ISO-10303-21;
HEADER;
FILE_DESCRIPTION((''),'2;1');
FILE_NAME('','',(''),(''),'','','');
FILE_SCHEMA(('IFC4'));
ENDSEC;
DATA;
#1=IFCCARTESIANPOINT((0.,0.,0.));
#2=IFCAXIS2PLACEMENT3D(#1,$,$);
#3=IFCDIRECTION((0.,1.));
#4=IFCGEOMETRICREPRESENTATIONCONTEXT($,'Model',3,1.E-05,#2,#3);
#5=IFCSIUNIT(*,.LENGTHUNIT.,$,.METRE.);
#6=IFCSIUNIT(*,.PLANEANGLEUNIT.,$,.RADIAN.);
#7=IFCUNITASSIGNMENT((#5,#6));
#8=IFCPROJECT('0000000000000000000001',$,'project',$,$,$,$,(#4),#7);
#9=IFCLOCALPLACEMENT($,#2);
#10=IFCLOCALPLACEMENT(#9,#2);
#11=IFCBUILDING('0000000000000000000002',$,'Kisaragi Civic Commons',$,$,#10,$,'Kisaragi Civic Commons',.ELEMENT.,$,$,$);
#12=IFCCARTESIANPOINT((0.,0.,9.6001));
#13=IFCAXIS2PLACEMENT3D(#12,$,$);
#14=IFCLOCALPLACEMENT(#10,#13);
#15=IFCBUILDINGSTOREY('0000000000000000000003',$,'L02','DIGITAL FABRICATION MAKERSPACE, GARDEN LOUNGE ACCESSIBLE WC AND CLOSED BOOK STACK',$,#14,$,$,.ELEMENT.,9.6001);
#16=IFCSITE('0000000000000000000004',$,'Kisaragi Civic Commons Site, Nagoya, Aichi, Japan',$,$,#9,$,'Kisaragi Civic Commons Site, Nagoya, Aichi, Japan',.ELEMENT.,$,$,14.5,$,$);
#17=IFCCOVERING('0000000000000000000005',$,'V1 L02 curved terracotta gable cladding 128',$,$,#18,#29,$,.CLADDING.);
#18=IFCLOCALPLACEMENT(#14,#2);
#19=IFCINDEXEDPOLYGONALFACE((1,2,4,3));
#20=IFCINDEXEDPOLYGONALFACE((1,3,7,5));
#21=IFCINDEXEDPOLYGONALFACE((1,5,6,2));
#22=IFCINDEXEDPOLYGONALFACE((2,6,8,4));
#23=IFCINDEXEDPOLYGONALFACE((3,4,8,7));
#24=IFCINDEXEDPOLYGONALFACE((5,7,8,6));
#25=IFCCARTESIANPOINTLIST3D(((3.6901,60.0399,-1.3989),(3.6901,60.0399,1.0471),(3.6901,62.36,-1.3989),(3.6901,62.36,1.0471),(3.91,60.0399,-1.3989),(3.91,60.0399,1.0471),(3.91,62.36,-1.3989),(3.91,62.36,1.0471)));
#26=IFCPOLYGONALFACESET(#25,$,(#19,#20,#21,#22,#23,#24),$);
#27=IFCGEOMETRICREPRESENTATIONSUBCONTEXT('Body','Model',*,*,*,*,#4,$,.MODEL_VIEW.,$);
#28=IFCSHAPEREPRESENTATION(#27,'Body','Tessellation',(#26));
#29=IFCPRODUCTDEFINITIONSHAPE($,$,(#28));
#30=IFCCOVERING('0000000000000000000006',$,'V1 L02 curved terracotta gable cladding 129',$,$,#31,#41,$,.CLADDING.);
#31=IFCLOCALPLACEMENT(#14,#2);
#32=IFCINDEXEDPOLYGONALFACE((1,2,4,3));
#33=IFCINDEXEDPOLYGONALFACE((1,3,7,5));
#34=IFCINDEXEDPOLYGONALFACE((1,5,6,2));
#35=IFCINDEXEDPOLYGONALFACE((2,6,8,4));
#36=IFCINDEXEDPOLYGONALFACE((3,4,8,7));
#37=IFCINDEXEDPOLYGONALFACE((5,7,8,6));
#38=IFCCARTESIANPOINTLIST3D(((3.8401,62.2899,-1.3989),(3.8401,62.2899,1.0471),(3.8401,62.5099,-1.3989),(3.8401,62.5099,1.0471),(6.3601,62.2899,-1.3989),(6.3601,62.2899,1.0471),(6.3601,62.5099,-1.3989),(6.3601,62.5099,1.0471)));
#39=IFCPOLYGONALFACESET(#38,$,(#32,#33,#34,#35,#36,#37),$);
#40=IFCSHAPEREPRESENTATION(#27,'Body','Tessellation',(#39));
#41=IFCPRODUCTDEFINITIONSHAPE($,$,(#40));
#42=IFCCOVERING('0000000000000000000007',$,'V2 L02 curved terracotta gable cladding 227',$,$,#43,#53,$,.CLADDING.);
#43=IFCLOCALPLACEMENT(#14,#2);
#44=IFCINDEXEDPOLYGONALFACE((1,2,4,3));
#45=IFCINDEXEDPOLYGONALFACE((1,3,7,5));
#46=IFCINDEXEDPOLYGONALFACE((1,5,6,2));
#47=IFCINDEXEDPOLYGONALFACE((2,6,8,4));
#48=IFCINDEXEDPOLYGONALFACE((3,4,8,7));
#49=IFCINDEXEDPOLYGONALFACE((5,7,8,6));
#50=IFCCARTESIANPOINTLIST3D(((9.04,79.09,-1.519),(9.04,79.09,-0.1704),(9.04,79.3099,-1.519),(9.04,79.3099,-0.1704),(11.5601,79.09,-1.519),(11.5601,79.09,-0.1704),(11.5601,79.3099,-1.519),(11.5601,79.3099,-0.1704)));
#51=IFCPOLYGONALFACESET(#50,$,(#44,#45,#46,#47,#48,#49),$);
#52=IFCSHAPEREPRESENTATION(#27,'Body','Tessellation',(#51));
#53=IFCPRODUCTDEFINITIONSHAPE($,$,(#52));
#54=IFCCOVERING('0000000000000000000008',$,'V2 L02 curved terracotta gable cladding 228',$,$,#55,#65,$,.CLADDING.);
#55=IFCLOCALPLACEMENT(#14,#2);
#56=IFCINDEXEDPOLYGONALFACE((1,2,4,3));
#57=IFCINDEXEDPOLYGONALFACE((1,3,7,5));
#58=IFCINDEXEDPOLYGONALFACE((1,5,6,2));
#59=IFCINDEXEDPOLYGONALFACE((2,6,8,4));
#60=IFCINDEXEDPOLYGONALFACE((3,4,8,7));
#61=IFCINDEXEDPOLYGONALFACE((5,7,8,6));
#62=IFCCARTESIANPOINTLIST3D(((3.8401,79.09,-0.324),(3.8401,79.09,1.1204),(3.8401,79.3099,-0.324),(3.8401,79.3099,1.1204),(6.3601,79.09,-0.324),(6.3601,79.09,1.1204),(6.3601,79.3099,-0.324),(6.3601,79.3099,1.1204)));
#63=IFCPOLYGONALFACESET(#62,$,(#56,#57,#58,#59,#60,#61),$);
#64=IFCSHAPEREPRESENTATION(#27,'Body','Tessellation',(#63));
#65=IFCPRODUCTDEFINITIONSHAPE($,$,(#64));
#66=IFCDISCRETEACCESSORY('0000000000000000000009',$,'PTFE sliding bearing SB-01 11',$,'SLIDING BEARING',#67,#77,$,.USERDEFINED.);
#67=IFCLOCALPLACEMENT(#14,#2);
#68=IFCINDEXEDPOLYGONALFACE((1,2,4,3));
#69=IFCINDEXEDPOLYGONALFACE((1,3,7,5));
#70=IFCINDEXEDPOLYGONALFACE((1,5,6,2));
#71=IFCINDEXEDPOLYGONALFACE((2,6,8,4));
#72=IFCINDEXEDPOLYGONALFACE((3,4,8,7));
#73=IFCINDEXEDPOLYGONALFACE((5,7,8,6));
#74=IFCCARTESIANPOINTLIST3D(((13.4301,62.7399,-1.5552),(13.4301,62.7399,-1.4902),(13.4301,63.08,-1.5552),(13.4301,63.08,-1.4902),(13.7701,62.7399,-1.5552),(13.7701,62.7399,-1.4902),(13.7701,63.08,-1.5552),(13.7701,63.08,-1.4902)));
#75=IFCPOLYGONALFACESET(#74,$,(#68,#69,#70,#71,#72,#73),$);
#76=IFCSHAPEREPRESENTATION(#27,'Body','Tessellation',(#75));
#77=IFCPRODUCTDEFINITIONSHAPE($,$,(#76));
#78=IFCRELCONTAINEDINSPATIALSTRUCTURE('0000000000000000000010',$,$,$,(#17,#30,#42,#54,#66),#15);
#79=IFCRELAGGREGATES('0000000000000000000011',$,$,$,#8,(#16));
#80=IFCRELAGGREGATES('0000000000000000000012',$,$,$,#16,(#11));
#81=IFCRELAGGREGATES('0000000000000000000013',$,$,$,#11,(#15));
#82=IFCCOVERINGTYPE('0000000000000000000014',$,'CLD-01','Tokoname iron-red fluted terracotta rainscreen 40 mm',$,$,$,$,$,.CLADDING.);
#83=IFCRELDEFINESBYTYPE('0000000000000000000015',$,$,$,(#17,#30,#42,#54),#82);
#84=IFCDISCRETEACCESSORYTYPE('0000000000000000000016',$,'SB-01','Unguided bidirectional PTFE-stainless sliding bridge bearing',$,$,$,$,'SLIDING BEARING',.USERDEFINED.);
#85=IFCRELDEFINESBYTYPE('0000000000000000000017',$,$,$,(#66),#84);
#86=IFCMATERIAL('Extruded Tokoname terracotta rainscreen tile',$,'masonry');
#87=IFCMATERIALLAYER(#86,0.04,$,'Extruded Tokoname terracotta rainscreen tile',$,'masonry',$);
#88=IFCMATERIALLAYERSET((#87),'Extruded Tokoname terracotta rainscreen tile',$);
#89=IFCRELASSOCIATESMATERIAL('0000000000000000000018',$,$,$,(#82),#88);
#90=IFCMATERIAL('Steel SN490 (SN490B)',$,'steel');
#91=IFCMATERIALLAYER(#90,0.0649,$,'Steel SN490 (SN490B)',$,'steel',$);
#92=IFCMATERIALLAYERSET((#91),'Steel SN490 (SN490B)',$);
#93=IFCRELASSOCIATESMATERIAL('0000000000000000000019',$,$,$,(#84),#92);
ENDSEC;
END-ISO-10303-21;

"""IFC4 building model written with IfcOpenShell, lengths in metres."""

from ifc_helpers import new_model, si_unit, direction, frame, origin, origin_2d, place, context, subcontext, project, spatial, rectangle, extrude, material, layer, layer_set, type_object, element, save


model = new_model("IFC4")

# Units and contexts
model_context = context("Model", 3, precision=1e-05, world=origin(), true_north=direction((0.0, 1.0)))
body_context = subcontext(model_context, "Body", "Model", "MODEL_VIEW")
ifc_project = project(units=[si_unit("LENGTHUNIT", "METRE"), si_unit("PLANEANGLEUNIT", "RADIAN")], contexts=[model_context])

# Site, building, storey
site_placement = place(None, origin())
site = spatial("IfcSite", under=ifc_project, at=site_placement, Name="Kisaragi Civic Commons Site, Nagoya, Aichi, Japan", LongName="Kisaragi Civic Commons Site, Nagoya, Aichi, Japan", CompositionType="ELEMENT", RefElevation=14.5)
building_placement = place(site_placement, origin())
building = spatial("IfcBuilding", under=site, at=building_placement, Name="Kisaragi Civic Commons", LongName="Kisaragi Civic Commons", CompositionType="ELEMENT")
storey_placement = place(building_placement, frame((0.0, 0.0, 9.6001)))
storey = spatial("IfcBuildingStorey", under=building, at=storey_placement, Name="L02", Description="DIGITAL FABRICATION MAKERSPACE, GARDEN LOUNGE ACCESSIBLE WC AND CLOSED BOOK STACK", CompositionType="ELEMENT", Elevation=9.6001)

# Shared definitions
ifc_material_1 = material(Name="Steel SN490 (SN490B)", Category="steel")

# Coverings
ifc_material_2 = material(Name="Extruded Tokoname terracotta rainscreen tile", Category="masonry")
ifc_layer_1 = layer(ifc_material_2, 0.04, Name="Extruded Tokoname terracotta rainscreen tile", Category="masonry")
ifc_layer_set_1 = layer_set([ifc_layer_1], Name="Extruded Tokoname terracotta rainscreen tile")
covering_type = type_object("IfcCoveringType", Name="CLD-01", Description="Tokoname iron-red fluted terracotta rainscreen 40 mm", PredefinedType="CLADDING", material=ifc_layer_set_1)
covering_1_placement = place(storey_placement, frame((3.8, 61.2, -1.3989), z_axis=(0.0, 0.0, 1.0), x_axis=(0.0, 1.0, 0.0)))
element("IfcCovering", 1, at=covering_1_placement, inside=storey, type_object=covering_type, Name="V1 L02 curved terracotta gable cladding 128", PredefinedType="CLADDING", context=body_context, shape_type="SweptSolid", body=[
    extrude(rectangle(XDim=2.3201, YDim=0.22, at=origin_2d()), origin(), (0.0, 0.0, 1.0), 2.446),
])
covering_2_placement = place(storey_placement, frame((5.1001, 62.3999, -1.3989), z_axis=(0.0, 0.0, 1.0), x_axis=(1.0, 0.0, 0.0)))
element("IfcCovering", 2, at=covering_2_placement, inside=storey, type_object=covering_type, Name="V1 L02 curved terracotta gable cladding 129", PredefinedType="CLADDING", context=body_context, shape_type="SweptSolid", body=[
    extrude(rectangle(XDim=2.52, YDim=0.22, at=origin_2d()), origin(), (0.0, 0.0, 1.0), 2.446),
])
covering_3_placement = place(storey_placement, frame((10.3, 79.2, -1.519), z_axis=(0.0, 0.0, 1.0), x_axis=(-1.0, 0.0, 0.0)))
element("IfcCovering", 3, at=covering_3_placement, inside=storey, type_object=covering_type, Name="V2 L02 curved terracotta gable cladding 227", PredefinedType="CLADDING", context=body_context, shape_type="SweptSolid", body=[
    extrude(rectangle(XDim=2.52, YDim=0.22, at=origin_2d()), origin(), (0.0, 0.0, 1.0), 1.3486),
])
covering_4_placement = place(storey_placement, frame((5.1001, 79.2, -0.324), z_axis=(0.0, 0.0, 1.0), x_axis=(-1.0, 0.0, 0.0)))
element("IfcCovering", 4, at=covering_4_placement, inside=storey, type_object=covering_type, Name="V2 L02 curved terracotta gable cladding 228", PredefinedType="CLADDING", context=body_context, shape_type="SweptSolid", body=[
    extrude(rectangle(XDim=2.52, YDim=0.22, at=origin_2d()), origin(), (0.0, 0.0, 1.0), 1.4443),
])

# Discrete accessory
ifc_layer_2 = layer(ifc_material_1, 0.0649, Name="Steel SN490 (SN490B)", Category="steel")
ifc_layer_set_2 = layer_set([ifc_layer_2], Name="Steel SN490 (SN490B)")
discrete_accessory_type = type_object("IfcDiscreteAccessoryType", Name="SB-01", Description="Unguided bidirectional PTFE-stainless sliding bridge bearing", ElementType="SLIDING BEARING", PredefinedType="USERDEFINED", material=ifc_layer_set_2)
discrete_accessory_placement = place(storey_placement, frame((13.6001, 62.9099, -1.5552), z_axis=(0.0, 0.0, 1.0), x_axis=(1.0, 0.0, 0.0)))
element("IfcDiscreteAccessory", 5, at=discrete_accessory_placement, inside=storey, type_object=discrete_accessory_type, Name="PTFE sliding bearing SB-01 11", ObjectType="SLIDING BEARING", PredefinedType="USERDEFINED", context=body_context, shape_type="SweptSolid", body=[
    extrude(rectangle(XDim=0.3401, YDim=0.3401, at=origin_2d()), origin(), (0.0, 0.0, 1.0), 0.0649),
])

save(model, "model.ifc")
